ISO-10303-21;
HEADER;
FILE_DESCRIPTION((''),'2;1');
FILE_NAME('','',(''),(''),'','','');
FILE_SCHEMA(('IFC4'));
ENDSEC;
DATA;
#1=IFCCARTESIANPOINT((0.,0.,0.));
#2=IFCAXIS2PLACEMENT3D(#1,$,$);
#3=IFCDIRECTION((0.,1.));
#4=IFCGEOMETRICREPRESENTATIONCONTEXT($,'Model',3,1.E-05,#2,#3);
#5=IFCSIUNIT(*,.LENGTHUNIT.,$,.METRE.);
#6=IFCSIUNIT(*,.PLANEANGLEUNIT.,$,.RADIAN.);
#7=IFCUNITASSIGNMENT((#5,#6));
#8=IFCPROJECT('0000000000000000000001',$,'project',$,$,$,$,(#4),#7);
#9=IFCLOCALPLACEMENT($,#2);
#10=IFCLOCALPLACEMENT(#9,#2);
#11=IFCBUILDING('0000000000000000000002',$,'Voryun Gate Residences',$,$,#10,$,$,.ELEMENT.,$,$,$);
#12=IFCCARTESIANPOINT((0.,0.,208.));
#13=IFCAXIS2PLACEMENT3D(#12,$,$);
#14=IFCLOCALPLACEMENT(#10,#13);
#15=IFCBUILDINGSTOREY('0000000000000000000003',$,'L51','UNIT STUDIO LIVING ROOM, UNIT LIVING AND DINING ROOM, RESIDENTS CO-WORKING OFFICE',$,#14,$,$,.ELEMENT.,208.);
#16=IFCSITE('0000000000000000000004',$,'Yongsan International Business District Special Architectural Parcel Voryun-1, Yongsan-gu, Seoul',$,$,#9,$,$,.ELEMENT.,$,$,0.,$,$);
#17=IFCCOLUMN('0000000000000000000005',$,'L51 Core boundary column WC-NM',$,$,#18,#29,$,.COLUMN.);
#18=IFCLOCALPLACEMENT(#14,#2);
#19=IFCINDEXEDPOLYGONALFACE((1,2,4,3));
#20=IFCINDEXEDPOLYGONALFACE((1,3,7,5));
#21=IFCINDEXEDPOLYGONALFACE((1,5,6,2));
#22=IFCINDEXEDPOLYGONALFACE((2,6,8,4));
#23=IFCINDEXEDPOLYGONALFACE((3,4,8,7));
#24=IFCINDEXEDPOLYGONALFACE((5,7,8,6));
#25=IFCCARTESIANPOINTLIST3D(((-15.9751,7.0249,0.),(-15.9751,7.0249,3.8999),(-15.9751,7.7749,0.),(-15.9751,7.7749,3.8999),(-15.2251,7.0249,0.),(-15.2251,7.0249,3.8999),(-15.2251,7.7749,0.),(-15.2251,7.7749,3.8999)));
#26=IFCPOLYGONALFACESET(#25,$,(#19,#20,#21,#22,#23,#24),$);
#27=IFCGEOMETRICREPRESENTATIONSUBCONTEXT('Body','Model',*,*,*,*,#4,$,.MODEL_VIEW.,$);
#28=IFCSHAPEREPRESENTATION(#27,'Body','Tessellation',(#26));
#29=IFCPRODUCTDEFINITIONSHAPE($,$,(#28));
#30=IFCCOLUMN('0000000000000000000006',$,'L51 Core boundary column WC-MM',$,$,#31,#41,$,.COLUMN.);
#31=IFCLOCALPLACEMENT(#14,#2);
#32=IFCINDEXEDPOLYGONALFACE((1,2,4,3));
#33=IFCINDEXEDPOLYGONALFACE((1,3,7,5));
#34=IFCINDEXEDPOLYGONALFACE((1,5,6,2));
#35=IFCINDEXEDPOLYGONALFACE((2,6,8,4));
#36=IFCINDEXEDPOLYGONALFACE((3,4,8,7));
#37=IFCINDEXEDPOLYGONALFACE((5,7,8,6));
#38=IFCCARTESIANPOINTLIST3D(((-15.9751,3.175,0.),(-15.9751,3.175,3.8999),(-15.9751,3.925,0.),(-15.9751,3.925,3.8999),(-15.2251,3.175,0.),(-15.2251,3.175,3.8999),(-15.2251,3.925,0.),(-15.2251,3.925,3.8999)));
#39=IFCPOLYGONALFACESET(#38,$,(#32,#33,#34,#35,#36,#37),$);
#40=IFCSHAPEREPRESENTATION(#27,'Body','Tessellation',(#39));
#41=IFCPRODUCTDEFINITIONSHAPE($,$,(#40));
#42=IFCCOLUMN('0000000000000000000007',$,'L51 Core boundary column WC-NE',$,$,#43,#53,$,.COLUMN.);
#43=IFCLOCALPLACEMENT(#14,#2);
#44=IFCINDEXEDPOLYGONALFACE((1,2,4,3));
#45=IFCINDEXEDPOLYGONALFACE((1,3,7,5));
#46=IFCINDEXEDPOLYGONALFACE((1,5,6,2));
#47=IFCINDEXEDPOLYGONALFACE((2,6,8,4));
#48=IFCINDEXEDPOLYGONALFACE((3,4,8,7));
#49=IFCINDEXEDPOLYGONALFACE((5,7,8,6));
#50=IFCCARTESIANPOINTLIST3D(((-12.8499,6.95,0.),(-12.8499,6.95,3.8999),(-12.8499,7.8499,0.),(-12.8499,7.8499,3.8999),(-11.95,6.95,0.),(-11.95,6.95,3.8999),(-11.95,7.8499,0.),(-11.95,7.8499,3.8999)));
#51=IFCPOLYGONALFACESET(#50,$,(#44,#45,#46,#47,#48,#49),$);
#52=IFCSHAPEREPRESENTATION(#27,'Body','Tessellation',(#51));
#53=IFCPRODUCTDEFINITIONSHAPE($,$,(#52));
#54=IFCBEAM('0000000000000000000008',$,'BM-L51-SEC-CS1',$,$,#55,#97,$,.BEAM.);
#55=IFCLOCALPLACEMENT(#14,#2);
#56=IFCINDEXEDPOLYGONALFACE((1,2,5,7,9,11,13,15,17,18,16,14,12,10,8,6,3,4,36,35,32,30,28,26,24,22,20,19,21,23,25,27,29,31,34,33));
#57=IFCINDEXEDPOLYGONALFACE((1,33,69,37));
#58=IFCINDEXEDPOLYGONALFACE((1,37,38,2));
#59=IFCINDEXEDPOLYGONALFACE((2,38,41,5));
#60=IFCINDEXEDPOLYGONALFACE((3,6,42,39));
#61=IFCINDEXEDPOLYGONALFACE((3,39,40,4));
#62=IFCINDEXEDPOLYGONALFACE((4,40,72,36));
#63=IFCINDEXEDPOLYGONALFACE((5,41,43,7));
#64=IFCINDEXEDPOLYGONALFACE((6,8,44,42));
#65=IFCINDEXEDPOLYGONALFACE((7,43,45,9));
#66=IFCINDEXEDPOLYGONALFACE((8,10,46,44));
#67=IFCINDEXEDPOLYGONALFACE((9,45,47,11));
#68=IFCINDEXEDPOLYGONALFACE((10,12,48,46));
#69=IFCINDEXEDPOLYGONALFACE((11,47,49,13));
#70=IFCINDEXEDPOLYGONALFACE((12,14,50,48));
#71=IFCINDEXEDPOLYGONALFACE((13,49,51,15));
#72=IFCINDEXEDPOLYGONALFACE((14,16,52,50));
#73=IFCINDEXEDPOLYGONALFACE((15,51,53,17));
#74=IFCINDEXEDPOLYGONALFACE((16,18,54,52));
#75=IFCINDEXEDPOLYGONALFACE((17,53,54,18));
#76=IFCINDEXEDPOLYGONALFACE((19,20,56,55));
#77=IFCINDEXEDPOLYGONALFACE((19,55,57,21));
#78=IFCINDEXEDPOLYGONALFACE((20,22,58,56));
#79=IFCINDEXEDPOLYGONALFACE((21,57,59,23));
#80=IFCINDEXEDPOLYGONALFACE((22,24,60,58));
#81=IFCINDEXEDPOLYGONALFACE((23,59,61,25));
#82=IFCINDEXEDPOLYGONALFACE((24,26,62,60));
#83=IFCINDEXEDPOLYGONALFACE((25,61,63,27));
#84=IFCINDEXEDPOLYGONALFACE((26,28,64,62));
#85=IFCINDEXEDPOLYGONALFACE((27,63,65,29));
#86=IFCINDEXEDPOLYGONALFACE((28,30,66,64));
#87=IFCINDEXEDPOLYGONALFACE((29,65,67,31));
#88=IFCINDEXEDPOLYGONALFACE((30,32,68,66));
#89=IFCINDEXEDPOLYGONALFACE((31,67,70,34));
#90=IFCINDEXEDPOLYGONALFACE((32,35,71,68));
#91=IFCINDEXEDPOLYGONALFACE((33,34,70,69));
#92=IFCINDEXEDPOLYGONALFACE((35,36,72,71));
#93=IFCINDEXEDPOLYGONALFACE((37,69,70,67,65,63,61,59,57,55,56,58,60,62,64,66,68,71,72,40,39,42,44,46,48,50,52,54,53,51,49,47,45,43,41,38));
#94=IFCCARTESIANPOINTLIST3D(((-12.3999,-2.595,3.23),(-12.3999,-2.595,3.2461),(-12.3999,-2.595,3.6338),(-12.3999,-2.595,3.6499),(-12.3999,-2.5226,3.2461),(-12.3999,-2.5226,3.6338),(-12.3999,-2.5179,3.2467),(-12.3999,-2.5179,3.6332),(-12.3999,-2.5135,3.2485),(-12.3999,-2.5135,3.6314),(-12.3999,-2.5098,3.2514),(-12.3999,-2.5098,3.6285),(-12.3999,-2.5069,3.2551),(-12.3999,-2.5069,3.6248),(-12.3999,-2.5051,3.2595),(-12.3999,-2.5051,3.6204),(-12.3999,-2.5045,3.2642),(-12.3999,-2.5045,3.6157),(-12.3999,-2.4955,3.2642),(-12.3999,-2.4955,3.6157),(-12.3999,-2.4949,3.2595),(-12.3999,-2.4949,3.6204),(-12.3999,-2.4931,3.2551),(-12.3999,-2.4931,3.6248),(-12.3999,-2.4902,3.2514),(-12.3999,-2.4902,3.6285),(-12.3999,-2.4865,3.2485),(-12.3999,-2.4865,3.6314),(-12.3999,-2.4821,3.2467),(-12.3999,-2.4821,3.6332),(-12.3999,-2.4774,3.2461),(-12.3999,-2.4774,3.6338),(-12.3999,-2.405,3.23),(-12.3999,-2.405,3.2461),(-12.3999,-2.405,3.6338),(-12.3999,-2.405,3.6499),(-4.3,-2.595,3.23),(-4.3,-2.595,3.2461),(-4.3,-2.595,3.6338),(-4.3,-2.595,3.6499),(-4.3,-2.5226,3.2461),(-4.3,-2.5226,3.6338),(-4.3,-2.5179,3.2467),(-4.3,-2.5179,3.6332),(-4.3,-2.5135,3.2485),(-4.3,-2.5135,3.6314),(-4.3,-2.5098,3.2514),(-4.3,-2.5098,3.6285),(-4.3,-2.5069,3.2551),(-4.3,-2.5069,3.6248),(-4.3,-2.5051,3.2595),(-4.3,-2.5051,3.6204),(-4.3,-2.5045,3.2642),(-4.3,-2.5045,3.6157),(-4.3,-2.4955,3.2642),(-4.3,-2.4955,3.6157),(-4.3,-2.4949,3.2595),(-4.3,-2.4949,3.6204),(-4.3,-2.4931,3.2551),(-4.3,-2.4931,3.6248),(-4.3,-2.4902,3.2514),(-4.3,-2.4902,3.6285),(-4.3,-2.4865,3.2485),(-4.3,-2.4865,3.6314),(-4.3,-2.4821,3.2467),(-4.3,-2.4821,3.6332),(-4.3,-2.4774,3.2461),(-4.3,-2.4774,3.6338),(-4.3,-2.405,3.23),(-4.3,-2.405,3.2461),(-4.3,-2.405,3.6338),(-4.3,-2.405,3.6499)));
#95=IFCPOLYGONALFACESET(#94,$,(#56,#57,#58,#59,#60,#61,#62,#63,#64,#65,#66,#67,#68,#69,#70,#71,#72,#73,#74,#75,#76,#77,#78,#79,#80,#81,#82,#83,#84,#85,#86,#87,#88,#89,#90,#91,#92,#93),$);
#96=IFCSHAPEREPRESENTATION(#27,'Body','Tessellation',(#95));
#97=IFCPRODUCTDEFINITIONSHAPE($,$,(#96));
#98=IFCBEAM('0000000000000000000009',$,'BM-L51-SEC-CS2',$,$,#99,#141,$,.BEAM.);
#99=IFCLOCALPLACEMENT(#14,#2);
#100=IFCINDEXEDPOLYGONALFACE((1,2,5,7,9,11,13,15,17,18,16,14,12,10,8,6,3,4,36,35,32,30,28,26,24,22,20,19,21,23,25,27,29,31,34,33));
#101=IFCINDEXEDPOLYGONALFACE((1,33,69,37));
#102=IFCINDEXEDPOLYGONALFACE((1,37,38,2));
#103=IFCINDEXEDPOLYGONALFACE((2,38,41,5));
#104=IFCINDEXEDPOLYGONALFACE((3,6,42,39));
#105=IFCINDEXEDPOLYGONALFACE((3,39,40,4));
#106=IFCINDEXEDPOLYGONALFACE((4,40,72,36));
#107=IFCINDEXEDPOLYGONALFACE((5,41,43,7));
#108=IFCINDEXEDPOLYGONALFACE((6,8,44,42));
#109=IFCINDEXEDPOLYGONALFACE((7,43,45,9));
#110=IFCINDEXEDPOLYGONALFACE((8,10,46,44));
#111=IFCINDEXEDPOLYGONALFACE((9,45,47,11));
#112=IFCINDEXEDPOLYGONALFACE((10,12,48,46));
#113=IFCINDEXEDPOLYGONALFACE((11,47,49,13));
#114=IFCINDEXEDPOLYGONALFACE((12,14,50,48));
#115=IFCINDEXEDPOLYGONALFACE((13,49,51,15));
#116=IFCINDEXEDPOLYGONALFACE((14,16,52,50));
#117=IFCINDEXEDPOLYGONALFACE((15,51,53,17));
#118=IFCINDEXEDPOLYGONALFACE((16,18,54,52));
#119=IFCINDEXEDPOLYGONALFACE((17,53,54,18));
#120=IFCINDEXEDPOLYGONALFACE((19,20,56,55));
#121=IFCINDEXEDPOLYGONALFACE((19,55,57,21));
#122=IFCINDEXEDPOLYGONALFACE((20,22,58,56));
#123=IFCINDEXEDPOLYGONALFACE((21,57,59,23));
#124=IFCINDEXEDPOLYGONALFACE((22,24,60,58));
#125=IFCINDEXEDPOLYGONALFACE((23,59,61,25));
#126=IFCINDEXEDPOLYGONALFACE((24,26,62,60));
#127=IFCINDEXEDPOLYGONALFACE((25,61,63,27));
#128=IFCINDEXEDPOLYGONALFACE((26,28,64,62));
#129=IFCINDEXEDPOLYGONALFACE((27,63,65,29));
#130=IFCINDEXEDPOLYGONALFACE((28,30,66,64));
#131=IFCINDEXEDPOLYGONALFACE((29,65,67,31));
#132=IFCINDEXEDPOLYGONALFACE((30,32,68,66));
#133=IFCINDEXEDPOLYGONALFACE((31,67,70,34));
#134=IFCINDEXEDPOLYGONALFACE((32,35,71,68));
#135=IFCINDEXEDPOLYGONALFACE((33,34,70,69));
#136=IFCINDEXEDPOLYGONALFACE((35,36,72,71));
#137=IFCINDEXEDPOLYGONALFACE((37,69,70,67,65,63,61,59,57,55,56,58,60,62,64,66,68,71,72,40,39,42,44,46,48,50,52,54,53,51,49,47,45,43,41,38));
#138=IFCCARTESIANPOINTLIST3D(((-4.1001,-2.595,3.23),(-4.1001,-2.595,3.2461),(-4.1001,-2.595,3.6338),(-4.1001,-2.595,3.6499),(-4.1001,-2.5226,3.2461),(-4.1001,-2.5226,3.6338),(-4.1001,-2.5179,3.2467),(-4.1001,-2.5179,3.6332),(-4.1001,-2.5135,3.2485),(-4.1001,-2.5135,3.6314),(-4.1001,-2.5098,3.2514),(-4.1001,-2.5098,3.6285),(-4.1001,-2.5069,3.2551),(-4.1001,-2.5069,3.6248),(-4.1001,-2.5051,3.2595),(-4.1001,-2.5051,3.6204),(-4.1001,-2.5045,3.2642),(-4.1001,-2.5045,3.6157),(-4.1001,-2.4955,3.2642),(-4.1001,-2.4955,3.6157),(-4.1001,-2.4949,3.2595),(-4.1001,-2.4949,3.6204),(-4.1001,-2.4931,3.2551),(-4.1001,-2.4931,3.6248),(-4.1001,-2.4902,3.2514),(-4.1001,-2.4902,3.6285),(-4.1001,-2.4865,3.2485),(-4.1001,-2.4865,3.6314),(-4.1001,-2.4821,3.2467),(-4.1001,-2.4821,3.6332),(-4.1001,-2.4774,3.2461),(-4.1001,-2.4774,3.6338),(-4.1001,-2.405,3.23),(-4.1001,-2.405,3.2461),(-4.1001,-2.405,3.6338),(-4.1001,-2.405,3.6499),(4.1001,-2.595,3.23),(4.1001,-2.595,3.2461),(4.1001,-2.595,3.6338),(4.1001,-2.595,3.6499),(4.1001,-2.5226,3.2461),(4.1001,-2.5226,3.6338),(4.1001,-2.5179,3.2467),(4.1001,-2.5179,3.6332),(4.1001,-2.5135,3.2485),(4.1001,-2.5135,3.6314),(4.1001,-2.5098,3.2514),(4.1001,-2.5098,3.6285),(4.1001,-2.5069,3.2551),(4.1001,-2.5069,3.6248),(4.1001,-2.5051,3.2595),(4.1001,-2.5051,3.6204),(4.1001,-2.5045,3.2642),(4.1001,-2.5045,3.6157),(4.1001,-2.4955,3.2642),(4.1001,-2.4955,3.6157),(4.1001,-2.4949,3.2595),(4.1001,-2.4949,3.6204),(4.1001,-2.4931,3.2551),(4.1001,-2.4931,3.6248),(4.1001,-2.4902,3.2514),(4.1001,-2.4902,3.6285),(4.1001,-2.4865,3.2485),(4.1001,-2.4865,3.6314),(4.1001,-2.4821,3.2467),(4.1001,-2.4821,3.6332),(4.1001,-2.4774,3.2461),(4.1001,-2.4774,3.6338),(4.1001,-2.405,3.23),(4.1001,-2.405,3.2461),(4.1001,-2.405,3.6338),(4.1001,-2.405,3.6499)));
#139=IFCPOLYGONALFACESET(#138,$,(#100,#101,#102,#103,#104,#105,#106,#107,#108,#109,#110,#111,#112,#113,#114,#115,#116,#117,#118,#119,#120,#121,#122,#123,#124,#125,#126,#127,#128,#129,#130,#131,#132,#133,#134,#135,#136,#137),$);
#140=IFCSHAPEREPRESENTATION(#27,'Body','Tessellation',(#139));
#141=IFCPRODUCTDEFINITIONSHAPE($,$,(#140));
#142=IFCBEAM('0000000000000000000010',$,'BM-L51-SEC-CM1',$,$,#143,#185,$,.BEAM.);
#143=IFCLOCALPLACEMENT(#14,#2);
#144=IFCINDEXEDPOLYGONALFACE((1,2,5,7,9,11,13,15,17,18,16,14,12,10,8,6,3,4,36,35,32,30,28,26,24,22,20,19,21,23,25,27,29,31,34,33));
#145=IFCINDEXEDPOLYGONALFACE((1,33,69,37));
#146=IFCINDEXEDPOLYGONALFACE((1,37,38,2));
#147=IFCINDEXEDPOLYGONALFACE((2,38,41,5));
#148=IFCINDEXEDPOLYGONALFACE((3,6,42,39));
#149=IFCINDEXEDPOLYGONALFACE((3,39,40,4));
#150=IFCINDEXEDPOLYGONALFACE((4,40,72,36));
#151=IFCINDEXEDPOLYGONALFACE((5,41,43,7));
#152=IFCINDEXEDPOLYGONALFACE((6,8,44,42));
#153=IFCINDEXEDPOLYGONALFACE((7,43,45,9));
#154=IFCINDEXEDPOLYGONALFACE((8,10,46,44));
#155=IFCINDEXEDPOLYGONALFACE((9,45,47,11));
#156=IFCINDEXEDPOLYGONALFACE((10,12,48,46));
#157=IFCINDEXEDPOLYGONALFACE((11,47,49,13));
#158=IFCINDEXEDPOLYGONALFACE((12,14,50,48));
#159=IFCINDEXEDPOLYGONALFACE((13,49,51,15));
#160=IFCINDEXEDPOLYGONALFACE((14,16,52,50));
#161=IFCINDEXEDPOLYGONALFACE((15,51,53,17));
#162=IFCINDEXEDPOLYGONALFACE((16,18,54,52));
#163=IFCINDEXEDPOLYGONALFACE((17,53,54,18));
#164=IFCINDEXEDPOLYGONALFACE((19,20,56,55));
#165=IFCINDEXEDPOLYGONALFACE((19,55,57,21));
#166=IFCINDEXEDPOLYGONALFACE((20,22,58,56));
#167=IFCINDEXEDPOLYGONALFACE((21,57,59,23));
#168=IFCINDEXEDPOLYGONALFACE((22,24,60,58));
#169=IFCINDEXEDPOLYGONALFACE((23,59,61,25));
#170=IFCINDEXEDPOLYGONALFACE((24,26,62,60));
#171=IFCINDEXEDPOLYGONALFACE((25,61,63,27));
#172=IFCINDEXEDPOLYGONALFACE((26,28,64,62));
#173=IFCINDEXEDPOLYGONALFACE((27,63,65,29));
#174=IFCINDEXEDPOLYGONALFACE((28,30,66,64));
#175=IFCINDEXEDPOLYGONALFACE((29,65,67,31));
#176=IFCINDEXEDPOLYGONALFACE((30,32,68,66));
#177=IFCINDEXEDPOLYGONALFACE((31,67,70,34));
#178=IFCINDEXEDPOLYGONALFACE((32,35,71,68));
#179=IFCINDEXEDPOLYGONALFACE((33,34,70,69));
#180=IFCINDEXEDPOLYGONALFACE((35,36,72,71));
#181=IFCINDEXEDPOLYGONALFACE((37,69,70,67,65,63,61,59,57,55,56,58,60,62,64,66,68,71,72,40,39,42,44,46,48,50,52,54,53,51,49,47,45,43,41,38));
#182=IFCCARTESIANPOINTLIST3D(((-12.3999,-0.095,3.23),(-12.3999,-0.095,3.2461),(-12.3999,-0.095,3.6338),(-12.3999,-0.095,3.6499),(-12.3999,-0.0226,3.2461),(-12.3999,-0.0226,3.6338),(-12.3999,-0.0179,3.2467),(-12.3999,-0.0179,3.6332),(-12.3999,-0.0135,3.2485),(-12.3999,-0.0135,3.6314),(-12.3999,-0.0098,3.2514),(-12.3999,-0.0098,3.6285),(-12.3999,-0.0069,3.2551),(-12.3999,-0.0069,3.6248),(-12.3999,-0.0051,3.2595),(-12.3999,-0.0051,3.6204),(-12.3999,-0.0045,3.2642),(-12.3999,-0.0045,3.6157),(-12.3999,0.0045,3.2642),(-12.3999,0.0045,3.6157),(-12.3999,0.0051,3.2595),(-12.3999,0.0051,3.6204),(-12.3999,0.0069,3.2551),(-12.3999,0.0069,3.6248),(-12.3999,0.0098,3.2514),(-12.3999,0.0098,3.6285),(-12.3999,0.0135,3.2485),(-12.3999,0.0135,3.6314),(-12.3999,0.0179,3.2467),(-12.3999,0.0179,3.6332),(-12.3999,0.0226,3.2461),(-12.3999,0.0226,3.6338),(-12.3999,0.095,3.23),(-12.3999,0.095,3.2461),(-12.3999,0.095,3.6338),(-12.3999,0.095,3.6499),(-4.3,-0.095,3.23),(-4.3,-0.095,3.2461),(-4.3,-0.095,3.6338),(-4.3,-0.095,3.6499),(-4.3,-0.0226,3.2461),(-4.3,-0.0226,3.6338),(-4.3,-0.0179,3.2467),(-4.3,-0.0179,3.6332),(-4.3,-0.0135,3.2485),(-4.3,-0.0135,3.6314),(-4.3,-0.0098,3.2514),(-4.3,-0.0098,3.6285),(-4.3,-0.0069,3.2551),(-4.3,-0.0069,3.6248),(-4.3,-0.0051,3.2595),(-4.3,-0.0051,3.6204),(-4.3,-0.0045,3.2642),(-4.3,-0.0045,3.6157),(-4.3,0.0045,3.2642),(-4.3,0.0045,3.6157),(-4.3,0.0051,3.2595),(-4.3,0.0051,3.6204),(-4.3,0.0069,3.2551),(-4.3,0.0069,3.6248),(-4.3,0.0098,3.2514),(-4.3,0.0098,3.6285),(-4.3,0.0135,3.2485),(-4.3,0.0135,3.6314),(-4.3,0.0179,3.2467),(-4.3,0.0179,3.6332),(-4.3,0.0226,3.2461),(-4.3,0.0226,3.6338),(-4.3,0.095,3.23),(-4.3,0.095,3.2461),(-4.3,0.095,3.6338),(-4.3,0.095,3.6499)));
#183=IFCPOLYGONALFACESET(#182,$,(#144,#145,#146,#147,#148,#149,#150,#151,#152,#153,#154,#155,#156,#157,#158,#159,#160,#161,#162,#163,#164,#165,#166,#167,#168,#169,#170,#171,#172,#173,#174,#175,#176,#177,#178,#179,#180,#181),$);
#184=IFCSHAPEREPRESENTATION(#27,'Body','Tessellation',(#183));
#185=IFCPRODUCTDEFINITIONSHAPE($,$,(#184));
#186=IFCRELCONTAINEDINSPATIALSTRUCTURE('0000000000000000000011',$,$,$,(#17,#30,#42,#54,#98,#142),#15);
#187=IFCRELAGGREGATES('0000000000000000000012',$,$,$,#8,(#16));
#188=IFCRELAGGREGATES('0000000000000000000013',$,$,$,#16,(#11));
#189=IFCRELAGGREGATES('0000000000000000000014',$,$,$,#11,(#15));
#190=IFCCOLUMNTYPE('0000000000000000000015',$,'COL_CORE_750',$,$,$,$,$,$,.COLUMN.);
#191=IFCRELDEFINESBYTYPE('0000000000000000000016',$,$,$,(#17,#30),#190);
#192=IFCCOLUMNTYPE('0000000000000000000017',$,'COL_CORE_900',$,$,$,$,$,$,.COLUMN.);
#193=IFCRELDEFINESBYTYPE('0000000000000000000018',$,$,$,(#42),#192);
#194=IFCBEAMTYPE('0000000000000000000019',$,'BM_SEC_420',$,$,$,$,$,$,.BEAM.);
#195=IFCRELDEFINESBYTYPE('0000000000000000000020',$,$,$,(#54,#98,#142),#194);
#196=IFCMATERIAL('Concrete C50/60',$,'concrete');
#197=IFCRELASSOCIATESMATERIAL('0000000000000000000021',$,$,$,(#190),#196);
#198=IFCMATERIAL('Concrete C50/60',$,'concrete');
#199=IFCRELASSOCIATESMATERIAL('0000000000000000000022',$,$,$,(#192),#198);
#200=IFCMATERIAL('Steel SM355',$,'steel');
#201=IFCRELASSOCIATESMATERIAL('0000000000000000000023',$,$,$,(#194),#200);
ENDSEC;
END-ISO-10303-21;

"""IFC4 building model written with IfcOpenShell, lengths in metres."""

from ifc_helpers import new_model, si_unit, direction, frame, origin, origin_2d, place, context, subcontext, project, spatial, rectangle, i_section, extrude, material, material_profile, profile_set, type_object, element, save


model = new_model("IFC4")

# Units and contexts
model_context = context("Model", 3, precision=1e-05, world=origin(), true_north=direction((0.0, 1.0)))
body_context = subcontext(model_context, "Body", "Model", "MODEL_VIEW")
ifc_project = project(units=[si_unit("LENGTHUNIT", "METRE"), si_unit("PLANEANGLEUNIT", "RADIAN")], contexts=[model_context])

# Site, building, storey
site_placement = place(None, origin())
site = spatial("IfcSite", under=ifc_project, at=site_placement, Name="Yongsan International Business District Special Architectural Parcel Voryun-1, Yongsan-gu, Seoul", CompositionType="ELEMENT", RefElevation=0.0)
building_placement = place(site_placement, origin())
building = spatial("IfcBuilding", under=site, at=building_placement, Name="Voryun Gate Residences", CompositionType="ELEMENT")
storey_placement = place(building_placement, frame((0.0, 0.0, 208.0)))
storey = spatial("IfcBuildingStorey", under=building, at=storey_placement, Name="L51", Description="UNIT STUDIO LIVING ROOM, UNIT LIVING AND DINING ROOM, RESIDENTS CO-WORKING OFFICE", CompositionType="ELEMENT", Elevation=208.0)

# Columns
ifc_material_1 = material(Name="Concrete C50/60", Category="concrete")
ifc_material_profile_1 = material_profile(ifc_material_1, rectangle(XDim=0.75, YDim=0.75, at=origin_2d()), Name="RC-750x750")
ifc_profile_set_1 = profile_set([ifc_material_profile_1], Name="Concrete C50/60")
column_type_1 = type_object("IfcColumnType", Name="COL_CORE_750", PredefinedType="COLUMN", material=ifc_profile_set_1)
for number, where, z_axis, x_axis, name in (
    (1, (-15.6001, 7.3999, 0.0), (0.0, 0.0, 1.0), (1.0, 0.0, 0.0), "L51 Core boundary column WC-NM"),
    (2, (-15.6001, 3.55, 0.0), (0.0, 0.0, 1.0), (1.0, 0.0, 0.0), "L51 Core boundary column WC-MM"),
):
    element("IfcColumn", number, at=place(storey_placement, frame(where, z_axis=z_axis, x_axis=x_axis)), inside=storey, type_object=column_type_1, Name=name, PredefinedType="COLUMN", context=body_context, shape_type="SweptSolid", body=[
        extrude(rectangle(XDim=0.75, YDim=0.75, at=origin_2d()), origin(), (0.0, 0.0, 1.0), 3.8999),
    ])
ifc_material_2 = material(Name="Concrete C50/60", Category="concrete")
ifc_material_profile_2 = material_profile(ifc_material_2, rectangle(XDim=0.8999, YDim=0.8999, at=origin_2d()), Name="RC-900x900")
ifc_profile_set_2 = profile_set([ifc_material_profile_2], Name="Concrete C50/60")
column_type_2 = type_object("IfcColumnType", Name="COL_CORE_900", PredefinedType="COLUMN", material=ifc_profile_set_2)
column_placement = place(storey_placement, frame((-12.3999, 7.3999, 0.0), z_axis=(0.0, 0.0, 1.0), x_axis=(1.0, 0.0, 0.0)))
element("IfcColumn", 3, at=column_placement, inside=storey, type_object=column_type_2, Name="L51 Core boundary column WC-NE", PredefinedType="COLUMN", context=body_context, shape_type="SweptSolid", body=[
    extrude(rectangle(XDim=0.8999, YDim=0.8999, at=origin_2d()), origin(), (0.0, 0.0, 1.0), 3.8999),
])

# Beams
ifc_material_3 = material(Name="Steel SM355", Category="steel")
ifc_material_profile_3 = material_profile(ifc_material_3, i_section(OverallWidth=0.1899, OverallDepth=0.4199, WebThickness=0.009, FlangeThickness=0.0161, FilletRadius=0.0181, at=origin_2d()), Name="H-420x190x9x16")
ifc_profile_set_3 = profile_set([ifc_material_profile_3], Name="Steel SM355")
beam_type = type_object("IfcBeamType", Name="BM_SEC_420", PredefinedType="BEAM", material=ifc_profile_set_3)
beam_1_placement = place(storey_placement, frame((-12.3999, -2.5, 3.4399), z_axis=(1.0, 0.0, 0.0), x_axis=(0.0, 1.0, 0.0)))
element("IfcBeam", 4, at=beam_1_placement, inside=storey, type_object=beam_type, Name="BM-L51-SEC-CS1", PredefinedType="BEAM", context=body_context, shape_type="SweptSolid", body=[
    extrude(i_section(OverallWidth=0.1899, OverallDepth=0.4199, WebThickness=0.009, FlangeThickness=0.0161, FilletRadius=0.0181, at=origin_2d()), origin(), (0.0, 0.0, 1.0), 8.0999),
])
beam_2_placement = place(storey_placement, frame((-4.1001, -2.5, 3.4399), z_axis=(1.0, 0.0, 0.0), x_axis=(0.0, 1.0, 0.0)))
element("IfcBeam", 5, at=beam_2_placement, inside=storey, type_object=beam_type, Name="BM-L51-SEC-CS2", PredefinedType="BEAM", context=body_context, shape_type="SweptSolid", body=[
    extrude(i_section(OverallWidth=0.1899, OverallDepth=0.4199, WebThickness=0.009, FlangeThickness=0.0161, FilletRadius=0.0181, at=origin_2d()), origin(), (0.0, 0.0, 1.0), 8.2002),
])
beam_3_placement = place(storey_placement, frame((-12.3999, 0.0, 3.4399), z_axis=(1.0, 0.0, 0.0), x_axis=(0.0, 1.0, 0.0)))
element("IfcBeam", 6, at=beam_3_placement, inside=storey, type_object=beam_type, Name="BM-L51-SEC-CM1", PredefinedType="BEAM", context=body_context, shape_type="SweptSolid", body=[
    extrude(i_section(OverallWidth=0.1899, OverallDepth=0.4199, WebThickness=0.009, FlangeThickness=0.0161, FilletRadius=0.0181, at=origin_2d()), origin(), (0.0, 0.0, 1.0), 8.0999),
])

save(model, "model.ifc")
